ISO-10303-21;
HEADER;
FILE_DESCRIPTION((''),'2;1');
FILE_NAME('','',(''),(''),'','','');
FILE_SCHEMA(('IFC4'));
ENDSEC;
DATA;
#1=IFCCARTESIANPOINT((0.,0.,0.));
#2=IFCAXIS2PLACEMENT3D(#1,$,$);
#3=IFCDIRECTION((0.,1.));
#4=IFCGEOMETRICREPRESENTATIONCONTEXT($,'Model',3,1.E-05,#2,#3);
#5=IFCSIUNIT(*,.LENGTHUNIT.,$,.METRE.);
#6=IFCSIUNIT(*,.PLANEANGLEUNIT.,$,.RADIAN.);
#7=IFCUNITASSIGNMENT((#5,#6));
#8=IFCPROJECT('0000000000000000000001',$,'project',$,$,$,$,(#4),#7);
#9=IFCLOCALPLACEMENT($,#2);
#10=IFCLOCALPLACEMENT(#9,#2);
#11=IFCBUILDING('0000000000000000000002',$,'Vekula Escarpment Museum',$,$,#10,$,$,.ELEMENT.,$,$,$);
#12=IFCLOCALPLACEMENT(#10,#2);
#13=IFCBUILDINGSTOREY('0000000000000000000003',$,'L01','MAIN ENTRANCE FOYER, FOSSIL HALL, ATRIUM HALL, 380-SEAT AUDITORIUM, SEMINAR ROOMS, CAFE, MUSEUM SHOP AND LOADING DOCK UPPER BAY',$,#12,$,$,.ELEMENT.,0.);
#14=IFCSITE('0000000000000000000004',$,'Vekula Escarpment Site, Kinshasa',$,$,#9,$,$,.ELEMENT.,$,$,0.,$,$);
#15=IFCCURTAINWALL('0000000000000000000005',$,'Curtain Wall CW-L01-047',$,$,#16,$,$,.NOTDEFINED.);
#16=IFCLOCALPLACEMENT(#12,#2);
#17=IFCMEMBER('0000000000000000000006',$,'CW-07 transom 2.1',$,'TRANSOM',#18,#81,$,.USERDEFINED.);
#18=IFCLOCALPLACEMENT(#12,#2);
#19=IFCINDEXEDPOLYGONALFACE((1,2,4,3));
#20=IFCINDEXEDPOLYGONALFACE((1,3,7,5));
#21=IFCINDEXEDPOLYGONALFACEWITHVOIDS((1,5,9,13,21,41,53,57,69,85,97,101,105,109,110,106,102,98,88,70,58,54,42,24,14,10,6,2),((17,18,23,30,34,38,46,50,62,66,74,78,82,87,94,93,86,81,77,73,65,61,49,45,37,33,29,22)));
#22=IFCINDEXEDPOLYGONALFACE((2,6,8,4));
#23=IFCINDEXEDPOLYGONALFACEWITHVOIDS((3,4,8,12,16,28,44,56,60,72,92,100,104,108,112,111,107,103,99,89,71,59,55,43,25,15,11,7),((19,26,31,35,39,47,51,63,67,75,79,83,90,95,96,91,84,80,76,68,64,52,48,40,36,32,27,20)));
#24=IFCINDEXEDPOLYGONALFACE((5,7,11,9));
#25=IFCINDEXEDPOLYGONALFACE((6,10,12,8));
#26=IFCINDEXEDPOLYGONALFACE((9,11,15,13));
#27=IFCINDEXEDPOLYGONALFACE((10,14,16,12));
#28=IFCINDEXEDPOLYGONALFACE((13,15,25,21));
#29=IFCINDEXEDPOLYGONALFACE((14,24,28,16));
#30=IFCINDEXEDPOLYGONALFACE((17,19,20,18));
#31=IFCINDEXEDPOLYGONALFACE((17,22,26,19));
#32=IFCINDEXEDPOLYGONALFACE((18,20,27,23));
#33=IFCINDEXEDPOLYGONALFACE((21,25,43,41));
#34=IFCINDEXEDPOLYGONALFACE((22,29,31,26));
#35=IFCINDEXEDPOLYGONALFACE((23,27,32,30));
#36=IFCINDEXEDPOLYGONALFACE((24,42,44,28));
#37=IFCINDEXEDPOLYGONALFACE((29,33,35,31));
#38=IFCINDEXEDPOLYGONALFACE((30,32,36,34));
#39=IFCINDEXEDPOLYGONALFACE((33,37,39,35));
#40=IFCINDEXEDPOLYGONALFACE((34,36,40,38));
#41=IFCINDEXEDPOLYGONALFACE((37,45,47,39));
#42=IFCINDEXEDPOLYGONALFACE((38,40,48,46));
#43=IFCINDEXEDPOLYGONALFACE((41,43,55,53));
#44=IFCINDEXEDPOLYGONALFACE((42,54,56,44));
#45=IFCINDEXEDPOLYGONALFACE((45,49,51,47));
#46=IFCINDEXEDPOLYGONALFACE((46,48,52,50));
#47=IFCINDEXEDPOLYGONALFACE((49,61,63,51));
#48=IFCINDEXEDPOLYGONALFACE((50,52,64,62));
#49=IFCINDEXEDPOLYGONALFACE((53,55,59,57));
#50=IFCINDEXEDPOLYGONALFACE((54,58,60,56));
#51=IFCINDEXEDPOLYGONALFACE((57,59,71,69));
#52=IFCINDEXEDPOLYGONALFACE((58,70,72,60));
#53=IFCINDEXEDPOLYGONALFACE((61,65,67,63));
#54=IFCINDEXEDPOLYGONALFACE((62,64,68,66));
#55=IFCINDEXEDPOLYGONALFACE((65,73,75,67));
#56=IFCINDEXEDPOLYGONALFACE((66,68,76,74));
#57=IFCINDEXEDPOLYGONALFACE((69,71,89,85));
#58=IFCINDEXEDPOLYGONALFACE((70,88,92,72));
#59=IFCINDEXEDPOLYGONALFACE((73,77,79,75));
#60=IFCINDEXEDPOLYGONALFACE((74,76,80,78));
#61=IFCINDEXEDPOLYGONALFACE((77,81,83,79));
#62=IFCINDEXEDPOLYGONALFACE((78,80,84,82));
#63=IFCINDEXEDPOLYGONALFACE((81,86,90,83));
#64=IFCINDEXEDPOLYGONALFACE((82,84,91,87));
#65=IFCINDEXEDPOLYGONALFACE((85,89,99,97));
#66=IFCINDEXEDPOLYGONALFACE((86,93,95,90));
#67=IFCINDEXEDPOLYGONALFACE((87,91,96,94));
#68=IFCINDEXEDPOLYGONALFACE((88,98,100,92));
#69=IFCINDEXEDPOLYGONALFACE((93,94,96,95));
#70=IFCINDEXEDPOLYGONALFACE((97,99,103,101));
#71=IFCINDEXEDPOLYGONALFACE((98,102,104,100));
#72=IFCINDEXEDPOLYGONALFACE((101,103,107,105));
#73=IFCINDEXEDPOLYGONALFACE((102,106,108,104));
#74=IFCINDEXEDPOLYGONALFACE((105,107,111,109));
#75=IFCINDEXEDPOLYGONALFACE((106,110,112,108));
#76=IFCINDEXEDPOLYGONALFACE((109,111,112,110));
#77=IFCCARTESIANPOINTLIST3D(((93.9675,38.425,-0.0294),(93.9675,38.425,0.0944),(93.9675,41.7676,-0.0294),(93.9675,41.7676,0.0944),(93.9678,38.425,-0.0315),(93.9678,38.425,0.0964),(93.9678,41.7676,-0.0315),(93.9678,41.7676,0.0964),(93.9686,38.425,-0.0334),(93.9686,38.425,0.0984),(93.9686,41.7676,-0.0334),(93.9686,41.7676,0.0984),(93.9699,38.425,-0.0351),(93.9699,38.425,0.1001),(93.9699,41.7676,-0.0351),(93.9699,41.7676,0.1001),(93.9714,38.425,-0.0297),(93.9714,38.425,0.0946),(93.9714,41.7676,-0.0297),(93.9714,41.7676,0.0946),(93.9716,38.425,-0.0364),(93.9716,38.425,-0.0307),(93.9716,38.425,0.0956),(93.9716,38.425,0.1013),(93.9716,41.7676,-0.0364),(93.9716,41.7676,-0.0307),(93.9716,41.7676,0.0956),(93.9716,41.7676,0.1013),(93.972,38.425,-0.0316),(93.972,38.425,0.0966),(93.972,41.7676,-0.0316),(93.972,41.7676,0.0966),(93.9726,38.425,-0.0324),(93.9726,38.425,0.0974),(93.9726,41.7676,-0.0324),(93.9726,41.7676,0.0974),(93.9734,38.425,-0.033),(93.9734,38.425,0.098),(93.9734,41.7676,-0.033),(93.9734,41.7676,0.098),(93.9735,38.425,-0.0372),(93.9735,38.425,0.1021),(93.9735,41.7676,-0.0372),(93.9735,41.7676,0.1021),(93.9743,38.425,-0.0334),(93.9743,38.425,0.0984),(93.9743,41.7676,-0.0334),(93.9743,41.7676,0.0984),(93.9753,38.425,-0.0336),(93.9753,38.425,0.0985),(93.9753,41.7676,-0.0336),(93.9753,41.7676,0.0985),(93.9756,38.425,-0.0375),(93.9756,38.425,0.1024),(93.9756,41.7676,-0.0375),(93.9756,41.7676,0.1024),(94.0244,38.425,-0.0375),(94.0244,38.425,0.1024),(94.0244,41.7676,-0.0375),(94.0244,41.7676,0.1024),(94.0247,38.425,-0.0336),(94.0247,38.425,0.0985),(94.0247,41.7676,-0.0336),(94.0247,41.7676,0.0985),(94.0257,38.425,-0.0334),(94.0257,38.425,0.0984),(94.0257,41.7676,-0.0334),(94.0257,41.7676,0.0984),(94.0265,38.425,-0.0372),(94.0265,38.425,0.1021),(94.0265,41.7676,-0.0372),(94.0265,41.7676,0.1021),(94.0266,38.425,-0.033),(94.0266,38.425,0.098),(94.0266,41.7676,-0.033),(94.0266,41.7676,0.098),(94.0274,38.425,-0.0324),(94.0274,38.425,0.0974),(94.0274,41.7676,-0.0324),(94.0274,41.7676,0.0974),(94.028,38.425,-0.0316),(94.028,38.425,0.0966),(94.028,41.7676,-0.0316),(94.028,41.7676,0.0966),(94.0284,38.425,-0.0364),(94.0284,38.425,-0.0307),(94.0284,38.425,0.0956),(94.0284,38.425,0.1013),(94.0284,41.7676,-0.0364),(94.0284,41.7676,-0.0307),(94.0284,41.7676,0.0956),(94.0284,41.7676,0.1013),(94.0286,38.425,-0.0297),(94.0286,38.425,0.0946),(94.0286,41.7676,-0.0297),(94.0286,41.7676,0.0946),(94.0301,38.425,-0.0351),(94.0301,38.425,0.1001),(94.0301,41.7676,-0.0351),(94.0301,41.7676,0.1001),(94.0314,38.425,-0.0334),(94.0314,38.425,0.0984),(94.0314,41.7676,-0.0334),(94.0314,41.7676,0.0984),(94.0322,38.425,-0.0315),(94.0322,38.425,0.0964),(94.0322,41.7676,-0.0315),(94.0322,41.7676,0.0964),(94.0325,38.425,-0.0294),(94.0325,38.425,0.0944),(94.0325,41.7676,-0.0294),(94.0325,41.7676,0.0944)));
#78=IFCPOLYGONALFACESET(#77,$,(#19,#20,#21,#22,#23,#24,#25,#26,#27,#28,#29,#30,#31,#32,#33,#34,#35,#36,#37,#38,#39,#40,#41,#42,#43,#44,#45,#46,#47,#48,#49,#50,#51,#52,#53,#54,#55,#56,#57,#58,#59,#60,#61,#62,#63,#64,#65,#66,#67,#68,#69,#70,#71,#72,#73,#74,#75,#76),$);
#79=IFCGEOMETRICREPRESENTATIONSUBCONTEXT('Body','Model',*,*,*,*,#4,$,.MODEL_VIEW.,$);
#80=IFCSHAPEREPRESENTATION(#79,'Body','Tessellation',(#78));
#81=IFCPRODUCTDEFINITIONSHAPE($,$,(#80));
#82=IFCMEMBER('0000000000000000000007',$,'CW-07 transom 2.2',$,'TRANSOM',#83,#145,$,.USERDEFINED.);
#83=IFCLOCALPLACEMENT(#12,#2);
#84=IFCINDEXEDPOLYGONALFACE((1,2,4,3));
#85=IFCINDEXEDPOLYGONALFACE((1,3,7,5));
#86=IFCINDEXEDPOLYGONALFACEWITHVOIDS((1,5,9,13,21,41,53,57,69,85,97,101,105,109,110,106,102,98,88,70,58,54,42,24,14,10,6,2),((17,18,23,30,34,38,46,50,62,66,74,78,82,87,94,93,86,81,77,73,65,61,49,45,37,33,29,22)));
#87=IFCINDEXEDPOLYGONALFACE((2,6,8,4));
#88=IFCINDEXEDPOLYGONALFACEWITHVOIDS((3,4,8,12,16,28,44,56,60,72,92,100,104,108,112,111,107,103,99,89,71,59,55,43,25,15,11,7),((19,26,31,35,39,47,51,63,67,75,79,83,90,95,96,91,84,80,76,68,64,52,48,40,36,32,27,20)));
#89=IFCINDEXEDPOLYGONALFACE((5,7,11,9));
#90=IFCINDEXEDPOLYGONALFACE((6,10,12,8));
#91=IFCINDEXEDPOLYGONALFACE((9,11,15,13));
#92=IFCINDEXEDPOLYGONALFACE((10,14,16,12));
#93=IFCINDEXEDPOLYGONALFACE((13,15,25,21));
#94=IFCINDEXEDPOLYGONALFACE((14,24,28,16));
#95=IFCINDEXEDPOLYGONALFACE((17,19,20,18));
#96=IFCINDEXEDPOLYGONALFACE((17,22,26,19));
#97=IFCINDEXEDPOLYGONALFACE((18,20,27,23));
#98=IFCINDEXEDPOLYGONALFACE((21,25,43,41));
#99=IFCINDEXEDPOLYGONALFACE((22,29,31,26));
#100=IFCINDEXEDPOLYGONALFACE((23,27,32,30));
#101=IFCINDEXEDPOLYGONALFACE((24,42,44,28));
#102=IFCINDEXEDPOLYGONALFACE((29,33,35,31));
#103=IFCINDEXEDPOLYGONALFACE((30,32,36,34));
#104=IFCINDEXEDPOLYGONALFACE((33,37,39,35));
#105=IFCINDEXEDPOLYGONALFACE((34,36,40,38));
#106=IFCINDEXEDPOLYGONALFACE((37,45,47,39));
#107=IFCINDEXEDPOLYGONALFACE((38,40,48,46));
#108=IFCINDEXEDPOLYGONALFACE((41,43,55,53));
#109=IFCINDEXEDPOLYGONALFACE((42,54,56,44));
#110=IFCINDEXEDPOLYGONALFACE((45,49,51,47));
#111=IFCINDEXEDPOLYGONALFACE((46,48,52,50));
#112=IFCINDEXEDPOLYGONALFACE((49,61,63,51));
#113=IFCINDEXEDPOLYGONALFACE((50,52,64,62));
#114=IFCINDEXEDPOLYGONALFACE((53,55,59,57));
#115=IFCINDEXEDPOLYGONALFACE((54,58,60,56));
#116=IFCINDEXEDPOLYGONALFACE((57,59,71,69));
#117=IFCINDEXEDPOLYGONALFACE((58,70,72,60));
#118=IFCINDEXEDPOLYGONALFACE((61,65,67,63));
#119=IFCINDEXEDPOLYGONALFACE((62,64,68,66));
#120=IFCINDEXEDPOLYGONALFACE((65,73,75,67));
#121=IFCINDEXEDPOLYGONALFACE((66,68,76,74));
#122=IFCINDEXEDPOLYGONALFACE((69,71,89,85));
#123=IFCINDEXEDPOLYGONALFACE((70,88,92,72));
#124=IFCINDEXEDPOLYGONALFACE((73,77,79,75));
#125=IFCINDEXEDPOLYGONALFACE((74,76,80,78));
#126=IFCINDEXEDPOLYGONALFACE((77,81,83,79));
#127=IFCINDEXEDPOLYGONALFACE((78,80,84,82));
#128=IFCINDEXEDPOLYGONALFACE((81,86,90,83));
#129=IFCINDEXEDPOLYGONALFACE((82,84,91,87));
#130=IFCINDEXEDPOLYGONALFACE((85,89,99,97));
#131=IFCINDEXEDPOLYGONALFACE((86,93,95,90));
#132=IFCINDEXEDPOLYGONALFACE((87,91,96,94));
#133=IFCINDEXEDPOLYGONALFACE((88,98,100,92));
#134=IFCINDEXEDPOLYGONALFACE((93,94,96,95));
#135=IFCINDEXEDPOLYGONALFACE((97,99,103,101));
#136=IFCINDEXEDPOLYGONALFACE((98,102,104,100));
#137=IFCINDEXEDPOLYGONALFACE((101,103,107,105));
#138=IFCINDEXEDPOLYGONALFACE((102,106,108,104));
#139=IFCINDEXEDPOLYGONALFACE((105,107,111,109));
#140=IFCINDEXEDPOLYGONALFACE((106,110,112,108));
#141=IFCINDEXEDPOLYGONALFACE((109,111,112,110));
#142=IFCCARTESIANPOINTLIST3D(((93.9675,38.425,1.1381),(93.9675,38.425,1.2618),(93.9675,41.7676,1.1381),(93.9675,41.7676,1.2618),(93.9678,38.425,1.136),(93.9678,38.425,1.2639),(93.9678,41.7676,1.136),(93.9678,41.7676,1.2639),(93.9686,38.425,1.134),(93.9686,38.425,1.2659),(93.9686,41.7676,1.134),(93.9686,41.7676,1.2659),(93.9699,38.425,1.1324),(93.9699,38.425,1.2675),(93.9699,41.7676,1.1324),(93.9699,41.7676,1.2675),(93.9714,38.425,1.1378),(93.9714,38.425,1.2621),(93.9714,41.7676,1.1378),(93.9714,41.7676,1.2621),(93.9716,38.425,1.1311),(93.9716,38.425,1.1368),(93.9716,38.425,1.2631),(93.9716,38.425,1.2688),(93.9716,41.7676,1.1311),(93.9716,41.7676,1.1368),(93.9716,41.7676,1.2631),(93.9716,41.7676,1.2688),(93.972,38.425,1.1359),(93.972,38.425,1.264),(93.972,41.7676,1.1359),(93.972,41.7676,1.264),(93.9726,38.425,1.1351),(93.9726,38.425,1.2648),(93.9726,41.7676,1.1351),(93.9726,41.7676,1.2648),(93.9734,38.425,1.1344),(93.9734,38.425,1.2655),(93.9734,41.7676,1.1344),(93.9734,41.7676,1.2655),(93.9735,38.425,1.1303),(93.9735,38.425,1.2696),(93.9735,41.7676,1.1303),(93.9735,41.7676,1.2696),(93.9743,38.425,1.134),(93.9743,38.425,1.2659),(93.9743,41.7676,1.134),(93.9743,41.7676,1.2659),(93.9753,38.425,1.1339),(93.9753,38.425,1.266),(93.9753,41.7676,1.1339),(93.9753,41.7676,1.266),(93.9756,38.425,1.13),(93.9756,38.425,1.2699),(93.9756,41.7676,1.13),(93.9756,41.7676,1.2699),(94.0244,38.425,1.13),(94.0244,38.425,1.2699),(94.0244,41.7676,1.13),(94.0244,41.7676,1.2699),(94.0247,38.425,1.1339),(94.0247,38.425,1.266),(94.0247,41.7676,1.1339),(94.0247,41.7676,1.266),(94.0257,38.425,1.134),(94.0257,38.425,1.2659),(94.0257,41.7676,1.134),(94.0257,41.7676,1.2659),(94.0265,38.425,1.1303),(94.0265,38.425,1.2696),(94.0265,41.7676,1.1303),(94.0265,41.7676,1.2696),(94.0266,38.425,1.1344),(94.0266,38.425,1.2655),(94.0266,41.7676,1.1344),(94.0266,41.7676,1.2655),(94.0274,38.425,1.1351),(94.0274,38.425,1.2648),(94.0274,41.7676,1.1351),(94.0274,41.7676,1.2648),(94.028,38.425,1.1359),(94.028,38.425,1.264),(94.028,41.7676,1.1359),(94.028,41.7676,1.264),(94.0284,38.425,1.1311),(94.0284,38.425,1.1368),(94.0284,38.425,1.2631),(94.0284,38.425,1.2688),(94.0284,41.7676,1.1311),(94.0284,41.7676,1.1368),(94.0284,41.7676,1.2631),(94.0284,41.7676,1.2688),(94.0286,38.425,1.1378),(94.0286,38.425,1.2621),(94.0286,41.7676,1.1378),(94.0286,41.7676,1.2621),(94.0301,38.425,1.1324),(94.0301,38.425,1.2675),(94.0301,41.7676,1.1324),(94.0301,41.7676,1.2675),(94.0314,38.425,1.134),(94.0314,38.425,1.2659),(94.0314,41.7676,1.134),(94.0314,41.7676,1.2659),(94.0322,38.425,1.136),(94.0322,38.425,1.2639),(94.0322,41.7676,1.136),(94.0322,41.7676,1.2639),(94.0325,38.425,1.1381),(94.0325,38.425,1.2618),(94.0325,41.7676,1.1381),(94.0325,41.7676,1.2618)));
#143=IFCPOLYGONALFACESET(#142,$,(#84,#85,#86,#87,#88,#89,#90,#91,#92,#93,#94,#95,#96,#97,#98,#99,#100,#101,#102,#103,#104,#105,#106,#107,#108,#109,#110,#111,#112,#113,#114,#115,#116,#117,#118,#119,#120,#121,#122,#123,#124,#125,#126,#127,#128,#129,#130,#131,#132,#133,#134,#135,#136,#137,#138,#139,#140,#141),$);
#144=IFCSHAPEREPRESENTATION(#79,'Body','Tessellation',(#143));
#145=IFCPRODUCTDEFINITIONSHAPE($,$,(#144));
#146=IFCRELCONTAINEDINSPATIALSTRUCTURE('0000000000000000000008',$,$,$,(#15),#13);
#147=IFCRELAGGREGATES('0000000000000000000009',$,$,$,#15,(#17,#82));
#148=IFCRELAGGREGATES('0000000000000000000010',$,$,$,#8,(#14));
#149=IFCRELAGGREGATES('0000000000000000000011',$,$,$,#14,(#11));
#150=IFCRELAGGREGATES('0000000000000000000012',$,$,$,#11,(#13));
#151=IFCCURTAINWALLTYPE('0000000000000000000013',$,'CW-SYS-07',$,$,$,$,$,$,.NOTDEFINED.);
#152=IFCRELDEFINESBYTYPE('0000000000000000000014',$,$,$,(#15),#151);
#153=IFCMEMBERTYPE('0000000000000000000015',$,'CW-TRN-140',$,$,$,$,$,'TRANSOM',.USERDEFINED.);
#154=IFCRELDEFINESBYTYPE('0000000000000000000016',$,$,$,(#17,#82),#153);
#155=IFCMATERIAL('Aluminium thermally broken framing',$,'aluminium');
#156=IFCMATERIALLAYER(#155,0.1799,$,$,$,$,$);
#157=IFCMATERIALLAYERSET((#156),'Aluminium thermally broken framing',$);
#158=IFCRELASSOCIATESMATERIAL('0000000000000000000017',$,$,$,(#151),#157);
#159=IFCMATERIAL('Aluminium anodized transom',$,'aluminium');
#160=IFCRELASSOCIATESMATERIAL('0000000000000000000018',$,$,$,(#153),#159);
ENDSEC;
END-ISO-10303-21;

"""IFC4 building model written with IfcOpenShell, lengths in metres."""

from ifc_helpers import new_model, si_unit, direction, frame, origin, origin_2d, place, context, subcontext, project, spatial, hollow_rectangle, extrude, material, layer, layer_set, material_profile, profile_set, type_object, element, aggregate, save


model = new_model("IFC4")

# Units and contexts
model_context = context("Model", 3, precision=1e-05, world=origin(), true_north=direction((0.0, 1.0)))
body_context = subcontext(model_context, "Body", "Model", "MODEL_VIEW")
ifc_project = project(units=[si_unit("LENGTHUNIT", "METRE"), si_unit("PLANEANGLEUNIT", "RADIAN")], contexts=[model_context])

# Site, building, storey
site_placement = place(None, origin())
site = spatial("IfcSite", under=ifc_project, at=site_placement, Name="Vekula Escarpment Site, Kinshasa", CompositionType="ELEMENT", RefElevation=0.0)
building_placement = place(site_placement, origin())
building = spatial("IfcBuilding", under=site, at=building_placement, Name="Vekula Escarpment Museum", CompositionType="ELEMENT")
storey_placement = place(building_placement, origin())
storey = spatial("IfcBuildingStorey", under=building, at=storey_placement, Name="L01", Description="MAIN ENTRANCE FOYER, FOSSIL HALL, ATRIUM HALL, 380-SEAT AUDITORIUM, SEMINAR ROOMS, CAFE, MUSEUM SHOP AND LOADING DOCK UPPER BAY", CompositionType="ELEMENT", Elevation=0.0)

# Curtain wall, members
ifc_material_1 = material(Name="Aluminium thermally broken framing", Category="aluminium")
ifc_layer_1 = layer(ifc_material_1, 0.1799)
ifc_layer_set_1 = layer_set([ifc_layer_1], Name="Aluminium thermally broken framing")
curtain_wall_type_1 = type_object("IfcCurtainWallType", Name="CW-SYS-07", PredefinedType="NOTDEFINED", material=ifc_layer_set_1)
curtain_wall_1_placement = place(storey_placement, origin())
curtain_wall_1 = element("IfcCurtainWall", 1, at=curtain_wall_1_placement, inside=storey, type_object=curtain_wall_type_1, Name="Curtain Wall CW-L01-047", PredefinedType="NOTDEFINED")
ifc_material_2 = material(Name="Aluminium anodized transom", Category="aluminium")
ifc_material_profile_1 = material_profile(ifc_material_2, hollow_rectangle(XDim=0.0649, YDim=0.1399, WallThickness=0.0039, InnerFilletRadius=0.0039, OuterFilletRadius=0.0081, at=origin_2d()), Name="ALU 140x65x4")
ifc_profile_set_1 = profile_set([ifc_material_profile_1], Name="Aluminium anodized transom")
member_type_1 = type_object("IfcMemberType", Name="CW-TRN-140", ElementType="TRANSOM", PredefinedType="USERDEFINED", material=ifc_profile_set_1)
member_1_placement = place(storey_placement, frame((94.0, 41.7676, 0.0325), z_axis=(0.0, -1.0, 0.0), x_axis=(1.0, 0.0, 0.0)))
member_1 = element("IfcMember", 2, at=member_1_placement, type_object=member_type_1, Name="CW-07 transom 2.1", ObjectType="TRANSOM", PredefinedType="USERDEFINED", context=body_context, shape_type="SweptSolid", body=[
    extrude(hollow_rectangle(XDim=0.0649, YDim=0.1399, WallThickness=0.0039, InnerFilletRadius=0.0039, OuterFilletRadius=0.0081, at=origin_2d()), origin(), (0.0, 0.0, 1.0), 3.3425),
])
member_2_placement = place(storey_placement, frame((94.0, 41.7676, 1.2), z_axis=(0.0, -1.0, 0.0), x_axis=(1.0, 0.0, 0.0)))
member_2 = element("IfcMember", 3, at=member_2_placement, type_object=member_type_1, Name="CW-07 transom 2.2", ObjectType="TRANSOM", PredefinedType="USERDEFINED", context=body_context, shape_type="SweptSolid", body=[
    extrude(hollow_rectangle(XDim=0.0649, YDim=0.1399, WallThickness=0.0039, InnerFilletRadius=0.0039, OuterFilletRadius=0.0081, at=origin_2d()), origin(), (0.0, 0.0, 1.0), 3.3425),
])

aggregate(curtain_wall_1, [member_1, member_2])

save(model, "model.ifc")
